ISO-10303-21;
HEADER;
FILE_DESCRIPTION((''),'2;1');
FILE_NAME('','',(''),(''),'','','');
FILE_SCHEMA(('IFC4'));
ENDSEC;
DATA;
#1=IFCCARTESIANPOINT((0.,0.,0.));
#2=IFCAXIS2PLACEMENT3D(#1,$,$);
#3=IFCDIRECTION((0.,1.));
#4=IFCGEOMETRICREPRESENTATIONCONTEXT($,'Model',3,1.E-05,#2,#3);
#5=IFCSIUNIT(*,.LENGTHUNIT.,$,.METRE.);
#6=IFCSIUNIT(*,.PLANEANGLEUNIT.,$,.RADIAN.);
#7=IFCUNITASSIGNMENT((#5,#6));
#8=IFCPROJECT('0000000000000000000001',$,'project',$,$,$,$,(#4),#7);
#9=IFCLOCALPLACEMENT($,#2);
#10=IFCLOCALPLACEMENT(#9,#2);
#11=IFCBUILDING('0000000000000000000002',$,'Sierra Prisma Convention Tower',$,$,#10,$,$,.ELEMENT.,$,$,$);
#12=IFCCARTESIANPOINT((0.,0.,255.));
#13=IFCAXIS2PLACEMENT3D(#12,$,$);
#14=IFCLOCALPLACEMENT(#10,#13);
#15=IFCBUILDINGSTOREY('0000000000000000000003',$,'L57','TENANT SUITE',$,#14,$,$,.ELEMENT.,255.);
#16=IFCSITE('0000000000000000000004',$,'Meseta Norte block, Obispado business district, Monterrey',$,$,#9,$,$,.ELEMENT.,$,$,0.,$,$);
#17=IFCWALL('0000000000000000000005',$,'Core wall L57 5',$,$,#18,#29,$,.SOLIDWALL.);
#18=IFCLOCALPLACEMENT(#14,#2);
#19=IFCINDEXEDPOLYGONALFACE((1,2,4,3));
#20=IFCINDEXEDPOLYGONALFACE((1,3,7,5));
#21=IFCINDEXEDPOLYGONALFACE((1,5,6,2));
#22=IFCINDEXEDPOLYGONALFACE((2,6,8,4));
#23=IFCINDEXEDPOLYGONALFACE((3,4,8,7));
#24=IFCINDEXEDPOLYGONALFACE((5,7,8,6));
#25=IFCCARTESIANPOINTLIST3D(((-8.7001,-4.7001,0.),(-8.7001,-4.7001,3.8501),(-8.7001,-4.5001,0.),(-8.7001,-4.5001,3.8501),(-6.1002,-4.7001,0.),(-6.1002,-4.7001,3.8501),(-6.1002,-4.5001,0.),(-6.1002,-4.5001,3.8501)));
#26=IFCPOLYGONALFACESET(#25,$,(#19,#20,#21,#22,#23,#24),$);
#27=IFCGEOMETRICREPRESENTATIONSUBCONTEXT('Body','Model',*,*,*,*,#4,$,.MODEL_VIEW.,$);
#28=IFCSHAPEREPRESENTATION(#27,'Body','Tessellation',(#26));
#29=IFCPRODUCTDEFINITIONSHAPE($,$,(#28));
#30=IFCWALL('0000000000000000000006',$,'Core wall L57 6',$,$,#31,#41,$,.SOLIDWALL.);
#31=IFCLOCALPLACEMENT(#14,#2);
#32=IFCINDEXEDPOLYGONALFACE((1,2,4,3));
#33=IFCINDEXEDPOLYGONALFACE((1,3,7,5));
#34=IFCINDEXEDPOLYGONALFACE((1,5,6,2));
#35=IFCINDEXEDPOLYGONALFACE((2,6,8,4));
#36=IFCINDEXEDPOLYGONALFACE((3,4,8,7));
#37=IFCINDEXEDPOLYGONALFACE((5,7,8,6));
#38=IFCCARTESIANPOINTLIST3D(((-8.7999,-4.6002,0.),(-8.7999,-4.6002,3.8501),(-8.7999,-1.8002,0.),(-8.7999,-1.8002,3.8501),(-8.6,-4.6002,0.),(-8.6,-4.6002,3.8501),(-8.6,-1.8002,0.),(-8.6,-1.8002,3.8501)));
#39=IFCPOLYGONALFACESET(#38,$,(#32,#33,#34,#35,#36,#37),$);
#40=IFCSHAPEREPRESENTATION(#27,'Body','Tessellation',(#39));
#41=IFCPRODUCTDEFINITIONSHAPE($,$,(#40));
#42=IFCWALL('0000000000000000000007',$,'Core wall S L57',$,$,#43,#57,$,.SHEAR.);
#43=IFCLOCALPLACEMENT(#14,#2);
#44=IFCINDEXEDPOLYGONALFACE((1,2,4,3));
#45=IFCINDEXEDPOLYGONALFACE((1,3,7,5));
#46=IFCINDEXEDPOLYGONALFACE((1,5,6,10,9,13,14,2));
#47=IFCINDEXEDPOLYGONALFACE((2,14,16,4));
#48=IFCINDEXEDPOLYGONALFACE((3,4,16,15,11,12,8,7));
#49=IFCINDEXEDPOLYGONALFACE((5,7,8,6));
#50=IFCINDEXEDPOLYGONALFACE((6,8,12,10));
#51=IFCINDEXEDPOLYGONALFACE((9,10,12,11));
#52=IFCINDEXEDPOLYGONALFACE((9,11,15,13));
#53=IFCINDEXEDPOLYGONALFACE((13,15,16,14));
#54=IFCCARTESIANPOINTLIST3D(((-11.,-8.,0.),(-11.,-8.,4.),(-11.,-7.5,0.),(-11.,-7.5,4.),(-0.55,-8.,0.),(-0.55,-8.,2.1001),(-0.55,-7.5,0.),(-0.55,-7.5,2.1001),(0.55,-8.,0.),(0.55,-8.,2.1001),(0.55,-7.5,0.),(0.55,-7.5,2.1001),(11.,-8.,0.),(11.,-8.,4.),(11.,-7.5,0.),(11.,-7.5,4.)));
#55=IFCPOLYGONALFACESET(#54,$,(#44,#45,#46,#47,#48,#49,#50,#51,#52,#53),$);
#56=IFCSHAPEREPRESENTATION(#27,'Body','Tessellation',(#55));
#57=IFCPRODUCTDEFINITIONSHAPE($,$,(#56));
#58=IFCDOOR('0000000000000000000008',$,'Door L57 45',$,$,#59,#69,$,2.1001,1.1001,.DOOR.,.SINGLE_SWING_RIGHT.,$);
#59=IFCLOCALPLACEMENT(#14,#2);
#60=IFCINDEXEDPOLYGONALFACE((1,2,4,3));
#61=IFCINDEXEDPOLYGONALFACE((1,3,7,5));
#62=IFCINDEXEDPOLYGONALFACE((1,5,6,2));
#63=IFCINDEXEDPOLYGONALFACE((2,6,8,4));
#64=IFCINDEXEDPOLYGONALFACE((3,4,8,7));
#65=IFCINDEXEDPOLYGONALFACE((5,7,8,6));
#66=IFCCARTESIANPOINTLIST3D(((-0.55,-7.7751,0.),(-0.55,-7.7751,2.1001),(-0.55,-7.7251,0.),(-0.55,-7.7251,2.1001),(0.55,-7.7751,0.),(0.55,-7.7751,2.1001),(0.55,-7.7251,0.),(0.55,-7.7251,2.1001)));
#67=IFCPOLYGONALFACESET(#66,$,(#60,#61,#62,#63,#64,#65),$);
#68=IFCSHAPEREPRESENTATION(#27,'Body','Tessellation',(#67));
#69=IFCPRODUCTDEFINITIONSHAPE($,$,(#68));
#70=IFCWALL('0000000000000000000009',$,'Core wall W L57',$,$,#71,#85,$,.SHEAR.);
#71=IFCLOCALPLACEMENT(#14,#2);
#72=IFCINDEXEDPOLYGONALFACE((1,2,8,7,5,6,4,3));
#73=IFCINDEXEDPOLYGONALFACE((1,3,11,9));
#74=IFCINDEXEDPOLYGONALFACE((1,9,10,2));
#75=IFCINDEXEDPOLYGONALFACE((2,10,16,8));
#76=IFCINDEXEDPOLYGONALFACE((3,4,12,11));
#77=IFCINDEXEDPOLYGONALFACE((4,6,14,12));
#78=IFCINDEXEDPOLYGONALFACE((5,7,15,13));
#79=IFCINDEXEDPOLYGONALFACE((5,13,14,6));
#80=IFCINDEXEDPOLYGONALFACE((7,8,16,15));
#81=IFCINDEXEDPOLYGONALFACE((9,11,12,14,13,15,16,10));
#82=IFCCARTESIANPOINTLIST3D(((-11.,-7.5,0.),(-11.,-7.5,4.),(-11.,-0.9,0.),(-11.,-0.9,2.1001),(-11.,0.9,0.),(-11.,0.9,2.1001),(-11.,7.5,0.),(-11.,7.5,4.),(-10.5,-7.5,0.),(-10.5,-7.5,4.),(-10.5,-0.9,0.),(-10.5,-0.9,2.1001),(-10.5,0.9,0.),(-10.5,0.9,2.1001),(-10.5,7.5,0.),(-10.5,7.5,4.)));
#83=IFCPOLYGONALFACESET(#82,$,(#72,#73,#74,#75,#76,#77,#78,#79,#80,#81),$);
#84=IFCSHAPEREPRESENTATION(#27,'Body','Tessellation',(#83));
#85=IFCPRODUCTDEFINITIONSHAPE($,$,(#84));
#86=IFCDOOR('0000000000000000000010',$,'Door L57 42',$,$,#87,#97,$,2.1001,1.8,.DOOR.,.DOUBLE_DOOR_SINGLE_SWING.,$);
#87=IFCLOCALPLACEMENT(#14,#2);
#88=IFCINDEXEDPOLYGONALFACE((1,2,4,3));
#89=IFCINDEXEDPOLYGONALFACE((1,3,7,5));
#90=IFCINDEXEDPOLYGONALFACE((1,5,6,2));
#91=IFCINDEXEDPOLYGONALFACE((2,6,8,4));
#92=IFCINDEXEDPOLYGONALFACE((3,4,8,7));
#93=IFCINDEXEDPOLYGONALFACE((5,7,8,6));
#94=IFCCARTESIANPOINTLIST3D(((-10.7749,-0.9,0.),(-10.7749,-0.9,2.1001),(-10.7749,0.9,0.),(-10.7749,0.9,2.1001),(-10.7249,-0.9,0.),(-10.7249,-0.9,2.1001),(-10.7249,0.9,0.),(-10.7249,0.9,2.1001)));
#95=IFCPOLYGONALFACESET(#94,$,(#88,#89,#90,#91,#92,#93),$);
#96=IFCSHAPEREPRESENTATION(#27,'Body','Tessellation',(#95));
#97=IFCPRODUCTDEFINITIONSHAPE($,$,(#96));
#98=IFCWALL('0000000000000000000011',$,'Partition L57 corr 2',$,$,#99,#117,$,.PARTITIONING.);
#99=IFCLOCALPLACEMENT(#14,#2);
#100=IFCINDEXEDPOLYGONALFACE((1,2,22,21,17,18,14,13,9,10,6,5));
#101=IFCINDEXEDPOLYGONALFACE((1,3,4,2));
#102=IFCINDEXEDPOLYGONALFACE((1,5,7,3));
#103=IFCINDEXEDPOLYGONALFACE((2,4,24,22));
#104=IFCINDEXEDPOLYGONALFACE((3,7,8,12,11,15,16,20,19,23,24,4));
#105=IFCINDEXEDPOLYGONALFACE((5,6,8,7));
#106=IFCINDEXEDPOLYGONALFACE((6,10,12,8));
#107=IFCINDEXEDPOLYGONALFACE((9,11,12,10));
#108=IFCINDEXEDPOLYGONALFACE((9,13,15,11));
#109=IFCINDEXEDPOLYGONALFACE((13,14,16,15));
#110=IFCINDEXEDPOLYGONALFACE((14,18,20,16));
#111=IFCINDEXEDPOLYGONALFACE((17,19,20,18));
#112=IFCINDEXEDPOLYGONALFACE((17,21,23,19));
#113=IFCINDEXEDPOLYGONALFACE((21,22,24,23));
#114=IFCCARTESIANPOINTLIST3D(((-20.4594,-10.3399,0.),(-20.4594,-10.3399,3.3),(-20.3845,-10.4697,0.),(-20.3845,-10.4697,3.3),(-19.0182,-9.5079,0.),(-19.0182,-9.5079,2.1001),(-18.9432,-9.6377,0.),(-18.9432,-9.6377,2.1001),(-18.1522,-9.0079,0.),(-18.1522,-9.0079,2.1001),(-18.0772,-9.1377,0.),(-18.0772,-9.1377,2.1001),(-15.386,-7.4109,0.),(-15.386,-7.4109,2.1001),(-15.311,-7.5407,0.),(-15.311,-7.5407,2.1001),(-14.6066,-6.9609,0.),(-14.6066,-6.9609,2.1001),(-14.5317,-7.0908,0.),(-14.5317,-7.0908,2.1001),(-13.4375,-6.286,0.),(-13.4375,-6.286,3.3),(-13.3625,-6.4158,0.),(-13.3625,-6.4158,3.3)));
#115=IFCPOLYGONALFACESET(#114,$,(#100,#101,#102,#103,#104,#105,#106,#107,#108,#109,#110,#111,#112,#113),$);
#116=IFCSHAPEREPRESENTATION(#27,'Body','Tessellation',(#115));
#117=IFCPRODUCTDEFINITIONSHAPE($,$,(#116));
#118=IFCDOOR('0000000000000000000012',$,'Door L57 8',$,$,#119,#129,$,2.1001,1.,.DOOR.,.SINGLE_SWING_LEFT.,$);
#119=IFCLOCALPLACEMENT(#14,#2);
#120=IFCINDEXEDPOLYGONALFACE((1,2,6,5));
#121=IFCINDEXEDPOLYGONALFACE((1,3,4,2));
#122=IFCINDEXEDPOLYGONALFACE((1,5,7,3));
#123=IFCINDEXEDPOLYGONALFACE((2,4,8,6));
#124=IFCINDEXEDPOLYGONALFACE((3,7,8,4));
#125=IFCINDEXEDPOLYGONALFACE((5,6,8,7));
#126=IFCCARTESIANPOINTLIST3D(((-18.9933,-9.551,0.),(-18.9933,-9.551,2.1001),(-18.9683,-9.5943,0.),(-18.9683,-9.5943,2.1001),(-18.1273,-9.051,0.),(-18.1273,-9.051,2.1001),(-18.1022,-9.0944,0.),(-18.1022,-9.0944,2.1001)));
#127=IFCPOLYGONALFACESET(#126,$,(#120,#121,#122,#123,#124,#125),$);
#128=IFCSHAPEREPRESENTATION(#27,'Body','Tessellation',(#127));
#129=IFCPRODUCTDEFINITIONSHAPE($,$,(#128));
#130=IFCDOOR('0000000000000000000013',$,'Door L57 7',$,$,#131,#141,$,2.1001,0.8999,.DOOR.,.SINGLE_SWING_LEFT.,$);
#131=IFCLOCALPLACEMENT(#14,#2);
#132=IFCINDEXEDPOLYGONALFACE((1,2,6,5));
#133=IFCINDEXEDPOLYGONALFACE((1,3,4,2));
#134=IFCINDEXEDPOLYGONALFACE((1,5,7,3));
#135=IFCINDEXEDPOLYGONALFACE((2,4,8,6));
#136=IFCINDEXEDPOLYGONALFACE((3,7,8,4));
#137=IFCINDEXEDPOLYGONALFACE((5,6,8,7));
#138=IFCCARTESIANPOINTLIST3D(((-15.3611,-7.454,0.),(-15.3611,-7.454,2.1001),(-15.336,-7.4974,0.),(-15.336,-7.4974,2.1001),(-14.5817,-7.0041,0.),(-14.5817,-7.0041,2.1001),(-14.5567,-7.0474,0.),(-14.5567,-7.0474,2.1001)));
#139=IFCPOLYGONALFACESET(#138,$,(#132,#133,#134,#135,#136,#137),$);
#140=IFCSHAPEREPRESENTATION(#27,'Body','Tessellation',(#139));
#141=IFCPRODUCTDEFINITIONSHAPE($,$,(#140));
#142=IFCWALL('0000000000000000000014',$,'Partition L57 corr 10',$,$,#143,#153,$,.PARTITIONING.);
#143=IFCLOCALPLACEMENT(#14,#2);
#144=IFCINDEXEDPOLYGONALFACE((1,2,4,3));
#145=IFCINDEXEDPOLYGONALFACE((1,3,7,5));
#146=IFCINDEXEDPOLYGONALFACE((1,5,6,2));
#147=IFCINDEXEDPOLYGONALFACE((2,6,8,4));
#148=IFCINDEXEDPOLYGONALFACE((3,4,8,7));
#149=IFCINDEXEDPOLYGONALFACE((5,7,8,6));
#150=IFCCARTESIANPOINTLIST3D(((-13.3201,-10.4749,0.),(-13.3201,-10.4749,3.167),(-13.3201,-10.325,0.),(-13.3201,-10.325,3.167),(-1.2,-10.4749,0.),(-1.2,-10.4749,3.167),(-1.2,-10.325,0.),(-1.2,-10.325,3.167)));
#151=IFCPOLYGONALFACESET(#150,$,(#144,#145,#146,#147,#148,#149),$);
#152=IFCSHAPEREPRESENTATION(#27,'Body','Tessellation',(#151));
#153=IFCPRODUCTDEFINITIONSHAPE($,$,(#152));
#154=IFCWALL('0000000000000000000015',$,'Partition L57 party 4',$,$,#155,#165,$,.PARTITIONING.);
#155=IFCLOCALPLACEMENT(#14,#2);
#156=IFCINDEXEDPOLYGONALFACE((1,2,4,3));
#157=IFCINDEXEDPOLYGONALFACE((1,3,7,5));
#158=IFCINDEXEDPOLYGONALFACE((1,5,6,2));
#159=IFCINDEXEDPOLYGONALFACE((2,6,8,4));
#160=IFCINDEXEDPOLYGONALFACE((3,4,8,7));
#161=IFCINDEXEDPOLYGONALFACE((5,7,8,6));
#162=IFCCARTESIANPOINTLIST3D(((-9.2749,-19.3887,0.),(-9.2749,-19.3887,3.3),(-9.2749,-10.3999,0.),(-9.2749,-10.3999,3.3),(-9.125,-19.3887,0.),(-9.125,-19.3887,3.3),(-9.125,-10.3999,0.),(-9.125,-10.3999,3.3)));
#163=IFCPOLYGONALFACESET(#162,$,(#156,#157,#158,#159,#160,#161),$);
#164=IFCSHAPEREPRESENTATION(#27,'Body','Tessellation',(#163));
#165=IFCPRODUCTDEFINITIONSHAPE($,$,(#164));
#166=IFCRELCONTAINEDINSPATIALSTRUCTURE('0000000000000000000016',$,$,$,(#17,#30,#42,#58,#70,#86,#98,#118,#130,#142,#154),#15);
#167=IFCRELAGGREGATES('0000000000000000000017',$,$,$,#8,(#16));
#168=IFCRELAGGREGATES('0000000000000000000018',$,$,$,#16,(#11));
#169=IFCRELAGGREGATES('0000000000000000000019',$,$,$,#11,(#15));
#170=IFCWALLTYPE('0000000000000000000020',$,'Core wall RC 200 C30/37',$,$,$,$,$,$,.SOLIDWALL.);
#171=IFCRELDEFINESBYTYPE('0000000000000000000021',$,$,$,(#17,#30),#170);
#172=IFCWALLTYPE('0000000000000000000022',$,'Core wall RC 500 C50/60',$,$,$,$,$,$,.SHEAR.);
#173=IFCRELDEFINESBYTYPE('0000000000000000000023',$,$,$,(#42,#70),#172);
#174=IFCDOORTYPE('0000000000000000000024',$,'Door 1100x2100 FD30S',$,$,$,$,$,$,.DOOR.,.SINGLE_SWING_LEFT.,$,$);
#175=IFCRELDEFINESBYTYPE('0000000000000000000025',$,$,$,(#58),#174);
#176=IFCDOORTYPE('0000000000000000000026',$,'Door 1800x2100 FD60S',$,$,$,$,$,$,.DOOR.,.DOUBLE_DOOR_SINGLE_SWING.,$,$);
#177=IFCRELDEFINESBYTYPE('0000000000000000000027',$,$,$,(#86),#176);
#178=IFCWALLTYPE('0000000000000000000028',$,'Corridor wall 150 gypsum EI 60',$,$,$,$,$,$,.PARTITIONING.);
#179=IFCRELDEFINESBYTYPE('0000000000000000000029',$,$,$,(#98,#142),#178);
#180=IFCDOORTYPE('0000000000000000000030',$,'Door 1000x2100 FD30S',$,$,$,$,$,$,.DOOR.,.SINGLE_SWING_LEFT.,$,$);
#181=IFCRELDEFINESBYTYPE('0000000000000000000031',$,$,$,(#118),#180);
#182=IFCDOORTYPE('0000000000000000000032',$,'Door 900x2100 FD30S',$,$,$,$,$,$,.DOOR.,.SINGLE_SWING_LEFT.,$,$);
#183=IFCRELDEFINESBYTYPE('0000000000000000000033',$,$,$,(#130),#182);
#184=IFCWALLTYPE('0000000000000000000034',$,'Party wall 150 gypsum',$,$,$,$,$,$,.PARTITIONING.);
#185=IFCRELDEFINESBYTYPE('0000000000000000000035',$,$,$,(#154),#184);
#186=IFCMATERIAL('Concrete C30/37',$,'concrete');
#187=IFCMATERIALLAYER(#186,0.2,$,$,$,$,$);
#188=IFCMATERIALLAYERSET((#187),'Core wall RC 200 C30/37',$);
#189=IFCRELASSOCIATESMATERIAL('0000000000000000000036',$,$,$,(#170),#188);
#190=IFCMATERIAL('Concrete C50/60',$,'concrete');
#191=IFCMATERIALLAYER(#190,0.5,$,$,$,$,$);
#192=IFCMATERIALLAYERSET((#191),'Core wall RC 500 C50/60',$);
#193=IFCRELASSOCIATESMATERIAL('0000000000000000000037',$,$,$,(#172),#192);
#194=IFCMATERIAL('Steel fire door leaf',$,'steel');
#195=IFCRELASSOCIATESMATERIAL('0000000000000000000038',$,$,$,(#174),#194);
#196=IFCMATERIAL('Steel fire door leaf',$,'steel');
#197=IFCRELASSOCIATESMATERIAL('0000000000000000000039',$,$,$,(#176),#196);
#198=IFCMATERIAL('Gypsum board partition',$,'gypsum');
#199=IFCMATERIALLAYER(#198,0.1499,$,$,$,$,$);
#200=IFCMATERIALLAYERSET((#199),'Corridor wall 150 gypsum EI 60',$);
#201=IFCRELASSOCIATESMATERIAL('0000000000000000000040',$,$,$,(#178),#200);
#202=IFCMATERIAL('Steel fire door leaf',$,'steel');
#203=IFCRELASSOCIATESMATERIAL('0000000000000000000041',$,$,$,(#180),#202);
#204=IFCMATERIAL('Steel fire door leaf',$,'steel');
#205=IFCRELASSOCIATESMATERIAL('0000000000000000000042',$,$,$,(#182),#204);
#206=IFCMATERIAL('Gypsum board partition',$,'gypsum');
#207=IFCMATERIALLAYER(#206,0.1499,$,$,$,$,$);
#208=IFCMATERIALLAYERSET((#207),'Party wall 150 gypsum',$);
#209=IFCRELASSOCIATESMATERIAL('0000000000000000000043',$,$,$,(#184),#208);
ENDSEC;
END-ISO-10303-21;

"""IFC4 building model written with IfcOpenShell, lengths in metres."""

from ifc_helpers import new_model, si_unit, direction, frame, frame_2d, origin, place, context, subcontext, project, spatial, rectangle, extrude, material, layer, layer_set, type_object, element, fill, save


model = new_model("IFC4")

# Units and contexts
model_context = context("Model", 3, precision=1e-05, world=origin(), true_north=direction((0.0, 1.0)))
body_context = subcontext(model_context, "Body", "Model", "MODEL_VIEW")
ifc_project = project(units=[si_unit("LENGTHUNIT", "METRE"), si_unit("PLANEANGLEUNIT", "RADIAN")], contexts=[model_context])

# Site, building, storey
site_placement = place(None, origin())
site = spatial("IfcSite", under=ifc_project, at=site_placement, Name="Meseta Norte block, Obispado business district, Monterrey", CompositionType="ELEMENT", RefElevation=0.0)
building_placement = place(site_placement, origin())
building = spatial("IfcBuilding", under=site, at=building_placement, Name="Sierra Prisma Convention Tower", CompositionType="ELEMENT")
storey_placement = place(building_placement, frame((0.0, 0.0, 255.0)))
storey = spatial("IfcBuildingStorey", under=building, at=storey_placement, Name="L57", Description="TENANT SUITE", CompositionType="ELEMENT", Elevation=255.0)

# Shared definitions
ifc_material_1 = material(Name="Concrete C30/37", Category="concrete")
ifc_layer_1 = layer(ifc_material_1, 0.2)
ifc_layer_set_1 = layer_set([ifc_layer_1], Name="Core wall RC 200 C30/37")
wall_type_1 = type_object("IfcWallType", Name="Core wall RC 200 C30/37", PredefinedType="SOLIDWALL", material=ifc_layer_set_1)

# Walls
wall_1_placement = place(storey_placement, frame((-8.7, -4.6001, 0.0), z_axis=(0.0, 0.0, 1.0), x_axis=(1.0, 0.0, 0.0)))
element("IfcWall", 1, at=wall_1_placement, inside=storey, type_object=wall_type_1, Name="Core wall L57 5", PredefinedType="SOLIDWALL", context=body_context, shape_type="SweptSolid", body=[
    extrude(rectangle(XDim=2.5999, YDim=0.2, at=frame_2d((1.2998, 0.0))), origin(), (0.0, 0.0, 1.0), 3.8501),
])
wall_2_placement = place(storey_placement, frame((-8.7, -4.6001, 0.0), z_axis=(0.0, 0.0, 1.0), x_axis=(0.0, 1.0, 0.0)))
element("IfcWall", 2, at=wall_2_placement, inside=storey, type_object=wall_type_1, Name="Core wall L57 6", PredefinedType="SOLIDWALL", context=body_context, shape_type="SweptSolid", body=[
    extrude(rectangle(XDim=2.8, YDim=0.2, at=frame_2d((1.3999, 0.0))), origin(), (0.0, 0.0, 1.0), 3.8501),
])

# Walls, openings, doors
ifc_material_2 = material(Name="Concrete C50/60", Category="concrete")
ifc_layer_2 = layer(ifc_material_2, 0.5)
ifc_layer_set_2 = layer_set([ifc_layer_2], Name="Core wall RC 500 C50/60")
wall_type_2 = type_object("IfcWallType", Name="Core wall RC 500 C50/60", PredefinedType="SHEAR", material=ifc_layer_set_2)
wall_3_placement = place(storey_placement, frame((-11.0, -7.75, 0.0), z_axis=(0.0, 0.0, 1.0), x_axis=(1.0, 0.0, 0.0)))
wall_3 = element("IfcWall", 3, at=wall_3_placement, inside=storey, type_object=wall_type_2, Name="Core wall S L57", PredefinedType="SHEAR", context=body_context, shape_type="SweptSolid", body=[
    extrude(rectangle(XDim=22.0, YDim=0.5, at=frame_2d((11.0, 0.0))), origin(), (0.0, 0.0, 1.0), 4.0),
])
opening_1_placement = place(wall_3_placement, frame((10.45, 0.0, 0.0)))
opening_1 = element("IfcOpeningElement", 4, at=opening_1_placement, cuts=wall_3, PredefinedType="OPENING", context=body_context, shape_type="SweptSolid", body=[
    extrude(rectangle(XDim=1.1001, YDim=2.1001, at=frame_2d((0.55, 1.05))), frame((0.0, 0.25, 0.0), z_axis=(0.0, -1.0, 0.0), x_axis=(1.0, 0.0, 0.0)), (0.0, 0.0, 1.0), 0.5),
])
ifc_material_3 = material(Name="Steel fire door leaf", Category="steel")
door_type_1 = type_object("IfcDoorType", Name="Door 1100x2100 FD30S", OperationType="SINGLE_SWING_LEFT", PredefinedType="DOOR", material=ifc_material_3)
door_1_placement = place(opening_1_placement, origin())
door_1 = element("IfcDoor", 5, at=door_1_placement, inside=storey, type_object=door_type_1, Name="Door L57 45", OperationType="SINGLE_SWING_RIGHT", OverallHeight=2.1001, OverallWidth=1.1001, PredefinedType="DOOR", context=body_context, shape_type="SweptSolid", body=[
    extrude(rectangle(XDim=1.1001, YDim=2.1001, at=frame_2d((0.55, 1.05))), frame((0.0, 0.0249, 0.0), z_axis=(0.0, -1.0, 0.0), x_axis=(1.0, 0.0, 0.0)), (0.0, 0.0, 1.0), 0.05),
])
fill(opening_1, door_1)
wall_4_placement = place(storey_placement, frame((-10.75, -7.5, 0.0), z_axis=(0.0, 0.0, 1.0), x_axis=(0.0, 1.0, 0.0)))
wall_4 = element("IfcWall", 6, at=wall_4_placement, inside=storey, type_object=wall_type_2, Name="Core wall W L57", PredefinedType="SHEAR", context=body_context, shape_type="SweptSolid", body=[
    extrude(rectangle(XDim=15.0, YDim=0.5, at=frame_2d((7.5, 0.0))), origin(), (0.0, 0.0, 1.0), 4.0),
])
opening_2_placement = place(wall_4_placement, frame((6.6001, 0.0, 0.0)))
opening_2 = element("IfcOpeningElement", 7, at=opening_2_placement, cuts=wall_4, PredefinedType="OPENING", context=body_context, shape_type="SweptSolid", body=[
    extrude(rectangle(XDim=1.8, YDim=2.1001, at=frame_2d((0.8999, 1.05))), frame((0.0, 0.25, 0.0), z_axis=(0.0, -1.0, 0.0), x_axis=(1.0, 0.0, 0.0)), (0.0, 0.0, 1.0), 0.5),
])
ifc_material_4 = material(Name="Steel fire door leaf", Category="steel")
door_type_2 = type_object("IfcDoorType", Name="Door 1800x2100 FD60S", OperationType="DOUBLE_DOOR_SINGLE_SWING", PredefinedType="DOOR", material=ifc_material_4)
door_2_placement = place(opening_2_placement, origin())
door_2 = element("IfcDoor", 8, at=door_2_placement, inside=storey, type_object=door_type_2, Name="Door L57 42", OperationType="DOUBLE_DOOR_SINGLE_SWING", OverallHeight=2.1001, OverallWidth=1.8, PredefinedType="DOOR", context=body_context, shape_type="SweptSolid", body=[
    extrude(rectangle(XDim=1.8, YDim=2.1001, at=frame_2d((0.8999, 1.05))), frame((0.0, 0.0249, 0.0), z_axis=(0.0, -1.0, 0.0), x_axis=(1.0, 0.0, 0.0)), (0.0, 0.0, 1.0), 0.05),
])
fill(opening_2, door_2)

# Wall, openings, doors
ifc_material_5 = material(Name="Gypsum board partition", Category="gypsum")
ifc_layer_3 = layer(ifc_material_5, 0.1499)
ifc_layer_set_3 = layer_set([ifc_layer_3], Name="Corridor wall 150 gypsum EI 60")
wall_type_3 = type_object("IfcWallType", Name="Corridor wall 150 gypsum EI 60", PredefinedType="PARTITIONING", material=ifc_layer_set_3)
wall_5_placement = place(storey_placement, frame((-13.3999, -6.3508, 0.0), z_axis=(0.0, 0.0, 1.0), x_axis=(-0.866035, -0.499983, 0.0)))
wall_5 = element("IfcWall", 9, at=wall_5_placement, inside=storey, type_object=wall_type_3, Name="Partition L57 corr 2", PredefinedType="PARTITIONING", context=body_context, shape_type="SweptSolid", body=[
    extrude(rectangle(XDim=8.1082, YDim=0.1499, at=frame_2d((4.0542, 0.0))), origin(), (0.0, 0.0, 1.0), 3.3),
])
opening_3_placement = place(wall_5_placement, frame((1.3501, 0.0, 0.0)))
opening_3 = element("IfcOpeningElement", 10, at=opening_3_placement, cuts=wall_5, PredefinedType="OPENING", context=body_context, shape_type="SweptSolid", body=[
    extrude(rectangle(XDim=0.8999, YDim=2.1001, at=frame_2d((0.45, 1.05))), frame((0.0, 0.075, 0.0), z_axis=(0.0, -1.0, 0.0), x_axis=(1.0, 0.0, 0.0)), (0.0, 0.0, 1.0), 0.1499),
])
opening_4_placement = place(wall_5_placement, frame((5.4441, 0.0, 0.0)))
opening_4 = element("IfcOpeningElement", 11, at=opening_4_placement, cuts=wall_5, PredefinedType="OPENING", context=body_context, shape_type="SweptSolid", body=[
    extrude(rectangle(XDim=1.0, YDim=2.1001, at=frame_2d((0.5, 1.05))), frame((0.0, 0.075, 0.0), z_axis=(0.0, -1.0, 0.0), x_axis=(1.0, 0.0, 0.0)), (0.0, 0.0, 1.0), 0.1499),
])
ifc_material_6 = material(Name="Steel fire door leaf", Category="steel")
door_type_3 = type_object("IfcDoorType", Name="Door 1000x2100 FD30S", OperationType="SINGLE_SWING_LEFT", PredefinedType="DOOR", material=ifc_material_6)
door_3_placement = place(opening_4_placement, origin())
door_3 = element("IfcDoor", 12, at=door_3_placement, inside=storey, type_object=door_type_3, Name="Door L57 8", OperationType="SINGLE_SWING_LEFT", OverallHeight=2.1001, OverallWidth=1.0, PredefinedType="DOOR", context=body_context, shape_type="SweptSolid", body=[
    extrude(rectangle(XDim=1.0, YDim=2.1001, at=frame_2d((0.5, 1.05))), frame((0.0, 0.0249, 0.0), z_axis=(0.0, -1.0, 0.0), x_axis=(1.0, 0.0, 0.0)), (0.0, 0.0, 1.0), 0.05),
])
fill(opening_4, door_3)
ifc_material_7 = material(Name="Steel fire door leaf", Category="steel")
door_type_4 = type_object("IfcDoorType", Name="Door 900x2100 FD30S", OperationType="SINGLE_SWING_LEFT", PredefinedType="DOOR", material=ifc_material_7)
door_4_placement = place(opening_3_placement, origin())
door_4 = element("IfcDoor", 13, at=door_4_placement, inside=storey, type_object=door_type_4, Name="Door L57 7", OperationType="SINGLE_SWING_LEFT", OverallHeight=2.1001, OverallWidth=0.8999, PredefinedType="DOOR", context=body_context, shape_type="SweptSolid", body=[
    extrude(rectangle(XDim=0.8999, YDim=2.1001, at=frame_2d((0.45, 1.05))), frame((0.0, 0.0249, 0.0), z_axis=(0.0, -1.0, 0.0), x_axis=(1.0, 0.0, 0.0)), (0.0, 0.0, 1.0), 0.05),
])
fill(opening_3, door_4)

# Walls
wall_6_placement = place(storey_placement, frame((-13.3201, -10.3999, 0.0), z_axis=(0.0, 0.0, 1.0), x_axis=(1.0, 0.0, 0.0)))
element("IfcWall", 14, at=wall_6_placement, inside=storey, type_object=wall_type_3, Name="Partition L57 corr 10", PredefinedType="PARTITIONING", context=body_context, shape_type="SweptSolid", body=[
    extrude(rectangle(XDim=12.1201, YDim=0.1499, at=frame_2d((6.0601, 0.0))), origin(), (0.0, 0.0, 1.0), 3.167),
])
ifc_material_8 = material(Name="Gypsum board partition", Category="gypsum")
ifc_layer_4 = layer(ifc_material_8, 0.1499)
ifc_layer_set_4 = layer_set([ifc_layer_4], Name="Party wall 150 gypsum")
wall_type_4 = type_object("IfcWallType", Name="Party wall 150 gypsum", PredefinedType="PARTITIONING", material=ifc_layer_set_4)
wall_7_placement = place(storey_placement, frame((-9.2, -10.3999, 0.0), z_axis=(0.0, 0.0, 1.0), x_axis=(0.0, -1.0, 0.0)))
element("IfcWall", 15, at=wall_7_placement, inside=storey, type_object=wall_type_4, Name="Partition L57 party 4", PredefinedType="PARTITIONING", context=body_context, shape_type="SweptSolid", body=[
    extrude(rectangle(XDim=8.9888, YDim=0.1499, at=frame_2d((4.4944, 0.0))), origin(), (0.0, 0.0, 1.0), 3.3),
])

save(model, "model.ifc")
